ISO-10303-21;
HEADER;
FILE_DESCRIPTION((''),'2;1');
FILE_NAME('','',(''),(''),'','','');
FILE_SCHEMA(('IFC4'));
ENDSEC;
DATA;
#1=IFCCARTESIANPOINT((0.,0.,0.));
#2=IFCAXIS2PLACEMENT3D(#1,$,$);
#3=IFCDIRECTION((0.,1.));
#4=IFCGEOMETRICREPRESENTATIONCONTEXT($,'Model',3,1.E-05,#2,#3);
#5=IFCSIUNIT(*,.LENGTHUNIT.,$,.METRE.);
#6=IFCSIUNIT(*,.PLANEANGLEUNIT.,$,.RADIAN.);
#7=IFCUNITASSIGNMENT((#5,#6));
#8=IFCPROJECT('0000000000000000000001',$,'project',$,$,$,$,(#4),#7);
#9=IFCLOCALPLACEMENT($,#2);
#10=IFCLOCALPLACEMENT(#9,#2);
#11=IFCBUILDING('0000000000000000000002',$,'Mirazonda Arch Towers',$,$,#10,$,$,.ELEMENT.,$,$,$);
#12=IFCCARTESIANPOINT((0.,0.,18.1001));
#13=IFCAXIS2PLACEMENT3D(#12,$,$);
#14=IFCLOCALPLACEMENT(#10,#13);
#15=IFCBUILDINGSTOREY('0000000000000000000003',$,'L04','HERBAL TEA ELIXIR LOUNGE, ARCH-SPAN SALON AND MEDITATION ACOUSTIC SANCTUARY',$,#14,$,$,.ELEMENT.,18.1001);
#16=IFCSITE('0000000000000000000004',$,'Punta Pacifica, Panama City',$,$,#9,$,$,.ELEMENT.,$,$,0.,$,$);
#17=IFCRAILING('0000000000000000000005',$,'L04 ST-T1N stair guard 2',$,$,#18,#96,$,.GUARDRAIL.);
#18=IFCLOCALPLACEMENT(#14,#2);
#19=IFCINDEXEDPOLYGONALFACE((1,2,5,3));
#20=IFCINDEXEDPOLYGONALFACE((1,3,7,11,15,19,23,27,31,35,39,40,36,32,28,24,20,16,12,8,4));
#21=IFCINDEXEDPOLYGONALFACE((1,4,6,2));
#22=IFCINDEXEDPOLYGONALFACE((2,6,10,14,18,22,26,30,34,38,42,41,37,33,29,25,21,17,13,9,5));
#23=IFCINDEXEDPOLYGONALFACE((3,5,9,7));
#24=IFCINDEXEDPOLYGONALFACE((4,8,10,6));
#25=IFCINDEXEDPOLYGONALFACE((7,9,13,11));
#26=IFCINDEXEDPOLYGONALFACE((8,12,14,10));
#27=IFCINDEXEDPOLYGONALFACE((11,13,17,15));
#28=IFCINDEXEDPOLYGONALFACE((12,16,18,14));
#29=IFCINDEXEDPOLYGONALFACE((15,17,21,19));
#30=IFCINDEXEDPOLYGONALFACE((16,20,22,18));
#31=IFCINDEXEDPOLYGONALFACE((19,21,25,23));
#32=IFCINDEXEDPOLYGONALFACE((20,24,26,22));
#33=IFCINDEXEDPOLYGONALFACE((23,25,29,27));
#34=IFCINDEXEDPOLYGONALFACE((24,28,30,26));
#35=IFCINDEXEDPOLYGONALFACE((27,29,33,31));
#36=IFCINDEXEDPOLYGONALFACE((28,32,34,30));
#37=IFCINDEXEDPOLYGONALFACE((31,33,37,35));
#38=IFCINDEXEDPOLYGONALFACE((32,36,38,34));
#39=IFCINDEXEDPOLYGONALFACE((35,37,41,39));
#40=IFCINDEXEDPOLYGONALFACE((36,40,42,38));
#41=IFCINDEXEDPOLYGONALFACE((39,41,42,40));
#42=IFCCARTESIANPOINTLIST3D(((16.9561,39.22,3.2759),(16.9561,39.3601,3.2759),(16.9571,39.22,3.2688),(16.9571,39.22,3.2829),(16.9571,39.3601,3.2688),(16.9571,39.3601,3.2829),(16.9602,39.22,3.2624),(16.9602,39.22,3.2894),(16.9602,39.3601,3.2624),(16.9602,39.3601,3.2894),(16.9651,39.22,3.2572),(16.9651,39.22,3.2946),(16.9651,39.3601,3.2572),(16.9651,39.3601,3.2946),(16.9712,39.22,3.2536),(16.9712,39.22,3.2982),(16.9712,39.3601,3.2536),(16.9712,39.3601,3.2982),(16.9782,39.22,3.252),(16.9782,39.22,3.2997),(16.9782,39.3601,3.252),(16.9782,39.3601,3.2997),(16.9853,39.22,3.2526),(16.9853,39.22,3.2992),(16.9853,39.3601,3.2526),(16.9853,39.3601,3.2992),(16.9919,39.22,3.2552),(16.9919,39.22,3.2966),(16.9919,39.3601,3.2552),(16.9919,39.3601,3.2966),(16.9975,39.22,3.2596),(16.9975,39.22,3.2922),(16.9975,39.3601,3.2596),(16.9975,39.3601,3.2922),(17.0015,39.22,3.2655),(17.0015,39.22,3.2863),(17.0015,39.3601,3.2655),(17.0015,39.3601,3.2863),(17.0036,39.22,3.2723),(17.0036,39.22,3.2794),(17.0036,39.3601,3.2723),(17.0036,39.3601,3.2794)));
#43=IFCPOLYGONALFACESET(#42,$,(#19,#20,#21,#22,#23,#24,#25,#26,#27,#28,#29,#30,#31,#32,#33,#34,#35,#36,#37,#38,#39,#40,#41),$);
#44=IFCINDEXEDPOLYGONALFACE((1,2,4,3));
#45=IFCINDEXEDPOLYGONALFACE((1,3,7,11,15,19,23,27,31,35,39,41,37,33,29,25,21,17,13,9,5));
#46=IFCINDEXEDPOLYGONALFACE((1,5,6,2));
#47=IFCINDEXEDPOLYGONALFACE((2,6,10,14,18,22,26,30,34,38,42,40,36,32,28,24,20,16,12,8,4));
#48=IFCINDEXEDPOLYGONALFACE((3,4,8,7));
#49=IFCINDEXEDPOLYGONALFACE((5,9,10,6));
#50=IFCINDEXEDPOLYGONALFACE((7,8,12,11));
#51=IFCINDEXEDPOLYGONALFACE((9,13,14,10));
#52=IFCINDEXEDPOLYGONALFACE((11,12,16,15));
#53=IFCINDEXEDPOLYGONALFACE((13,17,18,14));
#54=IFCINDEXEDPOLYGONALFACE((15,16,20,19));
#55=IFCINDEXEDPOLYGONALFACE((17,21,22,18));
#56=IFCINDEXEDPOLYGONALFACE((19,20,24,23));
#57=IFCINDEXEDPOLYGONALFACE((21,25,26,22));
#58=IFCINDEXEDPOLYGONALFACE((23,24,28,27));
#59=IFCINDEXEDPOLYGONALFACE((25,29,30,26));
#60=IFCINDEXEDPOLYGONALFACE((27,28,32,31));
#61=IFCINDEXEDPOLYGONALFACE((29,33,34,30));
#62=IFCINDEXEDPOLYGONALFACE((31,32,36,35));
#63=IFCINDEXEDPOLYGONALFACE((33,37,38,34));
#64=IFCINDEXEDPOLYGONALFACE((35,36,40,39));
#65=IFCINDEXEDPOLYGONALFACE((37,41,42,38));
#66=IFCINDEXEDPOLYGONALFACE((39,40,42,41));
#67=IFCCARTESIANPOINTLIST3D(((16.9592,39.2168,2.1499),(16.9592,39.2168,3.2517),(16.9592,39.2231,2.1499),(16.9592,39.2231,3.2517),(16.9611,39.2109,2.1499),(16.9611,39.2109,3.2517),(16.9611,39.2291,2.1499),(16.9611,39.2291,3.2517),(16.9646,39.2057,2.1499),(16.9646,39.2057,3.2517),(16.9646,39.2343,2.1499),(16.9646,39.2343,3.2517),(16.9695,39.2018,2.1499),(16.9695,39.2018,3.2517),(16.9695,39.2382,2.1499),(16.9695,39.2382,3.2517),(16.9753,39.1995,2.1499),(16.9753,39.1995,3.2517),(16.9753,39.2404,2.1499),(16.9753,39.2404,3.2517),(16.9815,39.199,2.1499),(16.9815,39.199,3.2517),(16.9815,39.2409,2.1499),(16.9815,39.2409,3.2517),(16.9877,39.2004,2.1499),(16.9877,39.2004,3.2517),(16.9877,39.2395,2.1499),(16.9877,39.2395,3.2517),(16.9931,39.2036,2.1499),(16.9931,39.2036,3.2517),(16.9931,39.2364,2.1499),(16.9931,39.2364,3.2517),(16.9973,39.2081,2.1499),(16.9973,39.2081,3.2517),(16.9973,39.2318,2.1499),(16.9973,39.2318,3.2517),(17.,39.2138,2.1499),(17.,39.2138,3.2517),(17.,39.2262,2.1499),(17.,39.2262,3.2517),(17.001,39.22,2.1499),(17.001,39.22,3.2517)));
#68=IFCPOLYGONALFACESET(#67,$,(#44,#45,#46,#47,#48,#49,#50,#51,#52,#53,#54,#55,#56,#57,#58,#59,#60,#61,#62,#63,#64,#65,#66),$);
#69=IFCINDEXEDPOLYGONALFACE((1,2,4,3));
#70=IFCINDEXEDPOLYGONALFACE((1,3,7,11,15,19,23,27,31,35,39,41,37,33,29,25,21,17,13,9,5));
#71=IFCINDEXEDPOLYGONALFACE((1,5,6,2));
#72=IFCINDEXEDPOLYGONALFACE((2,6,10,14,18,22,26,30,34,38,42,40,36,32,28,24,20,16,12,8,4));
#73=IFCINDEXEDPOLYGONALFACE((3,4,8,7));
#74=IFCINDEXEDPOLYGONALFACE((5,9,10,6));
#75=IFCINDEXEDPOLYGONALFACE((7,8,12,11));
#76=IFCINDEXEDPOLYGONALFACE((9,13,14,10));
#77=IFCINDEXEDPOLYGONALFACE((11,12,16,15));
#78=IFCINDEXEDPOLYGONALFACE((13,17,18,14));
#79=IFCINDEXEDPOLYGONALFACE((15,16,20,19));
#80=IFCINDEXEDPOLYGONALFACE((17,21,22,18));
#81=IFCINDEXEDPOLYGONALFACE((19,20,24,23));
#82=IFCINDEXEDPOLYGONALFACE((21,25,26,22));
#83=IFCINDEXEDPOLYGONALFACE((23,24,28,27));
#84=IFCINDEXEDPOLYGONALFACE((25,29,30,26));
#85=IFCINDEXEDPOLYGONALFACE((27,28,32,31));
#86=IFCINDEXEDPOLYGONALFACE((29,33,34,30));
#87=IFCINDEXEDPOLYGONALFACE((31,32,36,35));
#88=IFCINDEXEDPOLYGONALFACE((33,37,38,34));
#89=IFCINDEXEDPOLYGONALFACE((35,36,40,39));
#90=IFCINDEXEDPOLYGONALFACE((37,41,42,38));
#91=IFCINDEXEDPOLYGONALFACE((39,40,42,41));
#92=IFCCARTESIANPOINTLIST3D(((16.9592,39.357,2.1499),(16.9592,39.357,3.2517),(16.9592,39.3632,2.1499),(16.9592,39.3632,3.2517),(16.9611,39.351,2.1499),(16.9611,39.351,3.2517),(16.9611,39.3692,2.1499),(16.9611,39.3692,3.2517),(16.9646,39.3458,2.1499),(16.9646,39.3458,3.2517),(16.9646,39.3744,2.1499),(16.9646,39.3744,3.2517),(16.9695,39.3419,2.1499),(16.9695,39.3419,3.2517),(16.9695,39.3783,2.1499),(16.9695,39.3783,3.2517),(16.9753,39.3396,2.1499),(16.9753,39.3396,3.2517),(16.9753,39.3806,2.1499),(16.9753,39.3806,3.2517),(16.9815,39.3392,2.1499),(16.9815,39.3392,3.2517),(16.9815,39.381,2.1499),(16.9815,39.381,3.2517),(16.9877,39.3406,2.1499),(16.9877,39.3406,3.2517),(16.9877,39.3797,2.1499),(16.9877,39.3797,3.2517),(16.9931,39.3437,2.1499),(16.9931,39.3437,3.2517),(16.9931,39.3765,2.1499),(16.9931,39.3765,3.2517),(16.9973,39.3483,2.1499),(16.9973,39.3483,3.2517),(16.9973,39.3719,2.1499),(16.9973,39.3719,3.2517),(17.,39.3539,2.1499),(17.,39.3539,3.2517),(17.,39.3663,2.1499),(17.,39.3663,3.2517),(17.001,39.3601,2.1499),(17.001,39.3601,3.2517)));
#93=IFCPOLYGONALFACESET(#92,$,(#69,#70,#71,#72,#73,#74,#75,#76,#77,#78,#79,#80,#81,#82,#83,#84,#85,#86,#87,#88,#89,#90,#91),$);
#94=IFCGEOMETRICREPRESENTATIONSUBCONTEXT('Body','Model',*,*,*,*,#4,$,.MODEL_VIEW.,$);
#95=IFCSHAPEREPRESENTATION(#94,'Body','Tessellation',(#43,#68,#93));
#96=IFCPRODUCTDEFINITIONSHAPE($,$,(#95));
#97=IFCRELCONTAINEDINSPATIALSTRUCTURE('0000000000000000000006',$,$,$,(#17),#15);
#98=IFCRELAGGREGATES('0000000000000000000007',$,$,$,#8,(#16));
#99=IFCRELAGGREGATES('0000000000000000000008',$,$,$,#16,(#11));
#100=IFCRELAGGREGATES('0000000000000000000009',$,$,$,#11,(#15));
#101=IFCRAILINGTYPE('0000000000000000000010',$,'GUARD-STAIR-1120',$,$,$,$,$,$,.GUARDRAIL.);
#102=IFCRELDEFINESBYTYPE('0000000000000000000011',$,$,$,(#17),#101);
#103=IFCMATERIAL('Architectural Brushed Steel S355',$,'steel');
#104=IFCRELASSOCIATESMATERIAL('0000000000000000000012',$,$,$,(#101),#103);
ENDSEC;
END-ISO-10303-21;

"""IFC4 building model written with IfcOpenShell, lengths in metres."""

from ifc_helpers import new_model, si_unit, direction, frame, origin, origin_2d, place, context, subcontext, project, spatial, circle, extrude, material, type_object, element, save


model = new_model("IFC4")

# Units and contexts
model_context = context("Model", 3, precision=1e-05, world=origin(), true_north=direction((0.0, 1.0)))
body_context = subcontext(model_context, "Body", "Model", "MODEL_VIEW")
ifc_project = project(units=[si_unit("LENGTHUNIT", "METRE"), si_unit("PLANEANGLEUNIT", "RADIAN")], contexts=[model_context])

# Site, building, storey
site_placement = place(None, origin())
site = spatial("IfcSite", under=ifc_project, at=site_placement, Name="Punta Pacifica, Panama City", CompositionType="ELEMENT", RefElevation=0.0)
building_placement = place(site_placement, origin())
building = spatial("IfcBuilding", under=site, at=building_placement, Name="Mirazonda Arch Towers", CompositionType="ELEMENT")
storey_placement = place(building_placement, frame((0.0, 0.0, 18.1001)))
storey = spatial("IfcBuildingStorey", under=building, at=storey_placement, Name="L04", Description="HERBAL TEA ELIXIR LOUNGE, ARCH-SPAN SALON AND MEDITATION ACOUSTIC SANCTUARY", CompositionType="ELEMENT", Elevation=18.1001)

# Shared definitions
ifc_material_1 = material(Name="Architectural Brushed Steel S355", Category="steel")

# Railing
railing_type_1 = type_object("IfcRailingType", Name="GUARD-STAIR-1120", PredefinedType="GUARDRAIL", material=ifc_material_1)
railing_1_placement = place(storey_placement, frame((16.98, 39.22, 2.1499)))
element("IfcRailing", 1, at=railing_1_placement, inside=storey, type_object=railing_type_1, Name="L04 ST-T1N stair guard 2", PredefinedType="GUARDRAIL", context=body_context, shape_type="SweptSolid", body=[
    extrude(circle(Radius=0.0239, at=origin_2d()), frame((0.0, 0.0, 1.126), z_axis=(0.0, 1.0, 0.0), x_axis=(-1.0, 0.0, 0.0)), (0.0, 0.0, 1.0), 0.1401),
    extrude(circle(Radius=0.021, at=origin_2d()), origin(), (0.0, 0.0, 1.0), 1.1018),
    extrude(circle(Radius=0.021, at=origin_2d()), frame((0.0, 0.1401, 0.0)), (0.0, 0.0, 1.0), 1.1018),
])

save(model, "model.ifc")
